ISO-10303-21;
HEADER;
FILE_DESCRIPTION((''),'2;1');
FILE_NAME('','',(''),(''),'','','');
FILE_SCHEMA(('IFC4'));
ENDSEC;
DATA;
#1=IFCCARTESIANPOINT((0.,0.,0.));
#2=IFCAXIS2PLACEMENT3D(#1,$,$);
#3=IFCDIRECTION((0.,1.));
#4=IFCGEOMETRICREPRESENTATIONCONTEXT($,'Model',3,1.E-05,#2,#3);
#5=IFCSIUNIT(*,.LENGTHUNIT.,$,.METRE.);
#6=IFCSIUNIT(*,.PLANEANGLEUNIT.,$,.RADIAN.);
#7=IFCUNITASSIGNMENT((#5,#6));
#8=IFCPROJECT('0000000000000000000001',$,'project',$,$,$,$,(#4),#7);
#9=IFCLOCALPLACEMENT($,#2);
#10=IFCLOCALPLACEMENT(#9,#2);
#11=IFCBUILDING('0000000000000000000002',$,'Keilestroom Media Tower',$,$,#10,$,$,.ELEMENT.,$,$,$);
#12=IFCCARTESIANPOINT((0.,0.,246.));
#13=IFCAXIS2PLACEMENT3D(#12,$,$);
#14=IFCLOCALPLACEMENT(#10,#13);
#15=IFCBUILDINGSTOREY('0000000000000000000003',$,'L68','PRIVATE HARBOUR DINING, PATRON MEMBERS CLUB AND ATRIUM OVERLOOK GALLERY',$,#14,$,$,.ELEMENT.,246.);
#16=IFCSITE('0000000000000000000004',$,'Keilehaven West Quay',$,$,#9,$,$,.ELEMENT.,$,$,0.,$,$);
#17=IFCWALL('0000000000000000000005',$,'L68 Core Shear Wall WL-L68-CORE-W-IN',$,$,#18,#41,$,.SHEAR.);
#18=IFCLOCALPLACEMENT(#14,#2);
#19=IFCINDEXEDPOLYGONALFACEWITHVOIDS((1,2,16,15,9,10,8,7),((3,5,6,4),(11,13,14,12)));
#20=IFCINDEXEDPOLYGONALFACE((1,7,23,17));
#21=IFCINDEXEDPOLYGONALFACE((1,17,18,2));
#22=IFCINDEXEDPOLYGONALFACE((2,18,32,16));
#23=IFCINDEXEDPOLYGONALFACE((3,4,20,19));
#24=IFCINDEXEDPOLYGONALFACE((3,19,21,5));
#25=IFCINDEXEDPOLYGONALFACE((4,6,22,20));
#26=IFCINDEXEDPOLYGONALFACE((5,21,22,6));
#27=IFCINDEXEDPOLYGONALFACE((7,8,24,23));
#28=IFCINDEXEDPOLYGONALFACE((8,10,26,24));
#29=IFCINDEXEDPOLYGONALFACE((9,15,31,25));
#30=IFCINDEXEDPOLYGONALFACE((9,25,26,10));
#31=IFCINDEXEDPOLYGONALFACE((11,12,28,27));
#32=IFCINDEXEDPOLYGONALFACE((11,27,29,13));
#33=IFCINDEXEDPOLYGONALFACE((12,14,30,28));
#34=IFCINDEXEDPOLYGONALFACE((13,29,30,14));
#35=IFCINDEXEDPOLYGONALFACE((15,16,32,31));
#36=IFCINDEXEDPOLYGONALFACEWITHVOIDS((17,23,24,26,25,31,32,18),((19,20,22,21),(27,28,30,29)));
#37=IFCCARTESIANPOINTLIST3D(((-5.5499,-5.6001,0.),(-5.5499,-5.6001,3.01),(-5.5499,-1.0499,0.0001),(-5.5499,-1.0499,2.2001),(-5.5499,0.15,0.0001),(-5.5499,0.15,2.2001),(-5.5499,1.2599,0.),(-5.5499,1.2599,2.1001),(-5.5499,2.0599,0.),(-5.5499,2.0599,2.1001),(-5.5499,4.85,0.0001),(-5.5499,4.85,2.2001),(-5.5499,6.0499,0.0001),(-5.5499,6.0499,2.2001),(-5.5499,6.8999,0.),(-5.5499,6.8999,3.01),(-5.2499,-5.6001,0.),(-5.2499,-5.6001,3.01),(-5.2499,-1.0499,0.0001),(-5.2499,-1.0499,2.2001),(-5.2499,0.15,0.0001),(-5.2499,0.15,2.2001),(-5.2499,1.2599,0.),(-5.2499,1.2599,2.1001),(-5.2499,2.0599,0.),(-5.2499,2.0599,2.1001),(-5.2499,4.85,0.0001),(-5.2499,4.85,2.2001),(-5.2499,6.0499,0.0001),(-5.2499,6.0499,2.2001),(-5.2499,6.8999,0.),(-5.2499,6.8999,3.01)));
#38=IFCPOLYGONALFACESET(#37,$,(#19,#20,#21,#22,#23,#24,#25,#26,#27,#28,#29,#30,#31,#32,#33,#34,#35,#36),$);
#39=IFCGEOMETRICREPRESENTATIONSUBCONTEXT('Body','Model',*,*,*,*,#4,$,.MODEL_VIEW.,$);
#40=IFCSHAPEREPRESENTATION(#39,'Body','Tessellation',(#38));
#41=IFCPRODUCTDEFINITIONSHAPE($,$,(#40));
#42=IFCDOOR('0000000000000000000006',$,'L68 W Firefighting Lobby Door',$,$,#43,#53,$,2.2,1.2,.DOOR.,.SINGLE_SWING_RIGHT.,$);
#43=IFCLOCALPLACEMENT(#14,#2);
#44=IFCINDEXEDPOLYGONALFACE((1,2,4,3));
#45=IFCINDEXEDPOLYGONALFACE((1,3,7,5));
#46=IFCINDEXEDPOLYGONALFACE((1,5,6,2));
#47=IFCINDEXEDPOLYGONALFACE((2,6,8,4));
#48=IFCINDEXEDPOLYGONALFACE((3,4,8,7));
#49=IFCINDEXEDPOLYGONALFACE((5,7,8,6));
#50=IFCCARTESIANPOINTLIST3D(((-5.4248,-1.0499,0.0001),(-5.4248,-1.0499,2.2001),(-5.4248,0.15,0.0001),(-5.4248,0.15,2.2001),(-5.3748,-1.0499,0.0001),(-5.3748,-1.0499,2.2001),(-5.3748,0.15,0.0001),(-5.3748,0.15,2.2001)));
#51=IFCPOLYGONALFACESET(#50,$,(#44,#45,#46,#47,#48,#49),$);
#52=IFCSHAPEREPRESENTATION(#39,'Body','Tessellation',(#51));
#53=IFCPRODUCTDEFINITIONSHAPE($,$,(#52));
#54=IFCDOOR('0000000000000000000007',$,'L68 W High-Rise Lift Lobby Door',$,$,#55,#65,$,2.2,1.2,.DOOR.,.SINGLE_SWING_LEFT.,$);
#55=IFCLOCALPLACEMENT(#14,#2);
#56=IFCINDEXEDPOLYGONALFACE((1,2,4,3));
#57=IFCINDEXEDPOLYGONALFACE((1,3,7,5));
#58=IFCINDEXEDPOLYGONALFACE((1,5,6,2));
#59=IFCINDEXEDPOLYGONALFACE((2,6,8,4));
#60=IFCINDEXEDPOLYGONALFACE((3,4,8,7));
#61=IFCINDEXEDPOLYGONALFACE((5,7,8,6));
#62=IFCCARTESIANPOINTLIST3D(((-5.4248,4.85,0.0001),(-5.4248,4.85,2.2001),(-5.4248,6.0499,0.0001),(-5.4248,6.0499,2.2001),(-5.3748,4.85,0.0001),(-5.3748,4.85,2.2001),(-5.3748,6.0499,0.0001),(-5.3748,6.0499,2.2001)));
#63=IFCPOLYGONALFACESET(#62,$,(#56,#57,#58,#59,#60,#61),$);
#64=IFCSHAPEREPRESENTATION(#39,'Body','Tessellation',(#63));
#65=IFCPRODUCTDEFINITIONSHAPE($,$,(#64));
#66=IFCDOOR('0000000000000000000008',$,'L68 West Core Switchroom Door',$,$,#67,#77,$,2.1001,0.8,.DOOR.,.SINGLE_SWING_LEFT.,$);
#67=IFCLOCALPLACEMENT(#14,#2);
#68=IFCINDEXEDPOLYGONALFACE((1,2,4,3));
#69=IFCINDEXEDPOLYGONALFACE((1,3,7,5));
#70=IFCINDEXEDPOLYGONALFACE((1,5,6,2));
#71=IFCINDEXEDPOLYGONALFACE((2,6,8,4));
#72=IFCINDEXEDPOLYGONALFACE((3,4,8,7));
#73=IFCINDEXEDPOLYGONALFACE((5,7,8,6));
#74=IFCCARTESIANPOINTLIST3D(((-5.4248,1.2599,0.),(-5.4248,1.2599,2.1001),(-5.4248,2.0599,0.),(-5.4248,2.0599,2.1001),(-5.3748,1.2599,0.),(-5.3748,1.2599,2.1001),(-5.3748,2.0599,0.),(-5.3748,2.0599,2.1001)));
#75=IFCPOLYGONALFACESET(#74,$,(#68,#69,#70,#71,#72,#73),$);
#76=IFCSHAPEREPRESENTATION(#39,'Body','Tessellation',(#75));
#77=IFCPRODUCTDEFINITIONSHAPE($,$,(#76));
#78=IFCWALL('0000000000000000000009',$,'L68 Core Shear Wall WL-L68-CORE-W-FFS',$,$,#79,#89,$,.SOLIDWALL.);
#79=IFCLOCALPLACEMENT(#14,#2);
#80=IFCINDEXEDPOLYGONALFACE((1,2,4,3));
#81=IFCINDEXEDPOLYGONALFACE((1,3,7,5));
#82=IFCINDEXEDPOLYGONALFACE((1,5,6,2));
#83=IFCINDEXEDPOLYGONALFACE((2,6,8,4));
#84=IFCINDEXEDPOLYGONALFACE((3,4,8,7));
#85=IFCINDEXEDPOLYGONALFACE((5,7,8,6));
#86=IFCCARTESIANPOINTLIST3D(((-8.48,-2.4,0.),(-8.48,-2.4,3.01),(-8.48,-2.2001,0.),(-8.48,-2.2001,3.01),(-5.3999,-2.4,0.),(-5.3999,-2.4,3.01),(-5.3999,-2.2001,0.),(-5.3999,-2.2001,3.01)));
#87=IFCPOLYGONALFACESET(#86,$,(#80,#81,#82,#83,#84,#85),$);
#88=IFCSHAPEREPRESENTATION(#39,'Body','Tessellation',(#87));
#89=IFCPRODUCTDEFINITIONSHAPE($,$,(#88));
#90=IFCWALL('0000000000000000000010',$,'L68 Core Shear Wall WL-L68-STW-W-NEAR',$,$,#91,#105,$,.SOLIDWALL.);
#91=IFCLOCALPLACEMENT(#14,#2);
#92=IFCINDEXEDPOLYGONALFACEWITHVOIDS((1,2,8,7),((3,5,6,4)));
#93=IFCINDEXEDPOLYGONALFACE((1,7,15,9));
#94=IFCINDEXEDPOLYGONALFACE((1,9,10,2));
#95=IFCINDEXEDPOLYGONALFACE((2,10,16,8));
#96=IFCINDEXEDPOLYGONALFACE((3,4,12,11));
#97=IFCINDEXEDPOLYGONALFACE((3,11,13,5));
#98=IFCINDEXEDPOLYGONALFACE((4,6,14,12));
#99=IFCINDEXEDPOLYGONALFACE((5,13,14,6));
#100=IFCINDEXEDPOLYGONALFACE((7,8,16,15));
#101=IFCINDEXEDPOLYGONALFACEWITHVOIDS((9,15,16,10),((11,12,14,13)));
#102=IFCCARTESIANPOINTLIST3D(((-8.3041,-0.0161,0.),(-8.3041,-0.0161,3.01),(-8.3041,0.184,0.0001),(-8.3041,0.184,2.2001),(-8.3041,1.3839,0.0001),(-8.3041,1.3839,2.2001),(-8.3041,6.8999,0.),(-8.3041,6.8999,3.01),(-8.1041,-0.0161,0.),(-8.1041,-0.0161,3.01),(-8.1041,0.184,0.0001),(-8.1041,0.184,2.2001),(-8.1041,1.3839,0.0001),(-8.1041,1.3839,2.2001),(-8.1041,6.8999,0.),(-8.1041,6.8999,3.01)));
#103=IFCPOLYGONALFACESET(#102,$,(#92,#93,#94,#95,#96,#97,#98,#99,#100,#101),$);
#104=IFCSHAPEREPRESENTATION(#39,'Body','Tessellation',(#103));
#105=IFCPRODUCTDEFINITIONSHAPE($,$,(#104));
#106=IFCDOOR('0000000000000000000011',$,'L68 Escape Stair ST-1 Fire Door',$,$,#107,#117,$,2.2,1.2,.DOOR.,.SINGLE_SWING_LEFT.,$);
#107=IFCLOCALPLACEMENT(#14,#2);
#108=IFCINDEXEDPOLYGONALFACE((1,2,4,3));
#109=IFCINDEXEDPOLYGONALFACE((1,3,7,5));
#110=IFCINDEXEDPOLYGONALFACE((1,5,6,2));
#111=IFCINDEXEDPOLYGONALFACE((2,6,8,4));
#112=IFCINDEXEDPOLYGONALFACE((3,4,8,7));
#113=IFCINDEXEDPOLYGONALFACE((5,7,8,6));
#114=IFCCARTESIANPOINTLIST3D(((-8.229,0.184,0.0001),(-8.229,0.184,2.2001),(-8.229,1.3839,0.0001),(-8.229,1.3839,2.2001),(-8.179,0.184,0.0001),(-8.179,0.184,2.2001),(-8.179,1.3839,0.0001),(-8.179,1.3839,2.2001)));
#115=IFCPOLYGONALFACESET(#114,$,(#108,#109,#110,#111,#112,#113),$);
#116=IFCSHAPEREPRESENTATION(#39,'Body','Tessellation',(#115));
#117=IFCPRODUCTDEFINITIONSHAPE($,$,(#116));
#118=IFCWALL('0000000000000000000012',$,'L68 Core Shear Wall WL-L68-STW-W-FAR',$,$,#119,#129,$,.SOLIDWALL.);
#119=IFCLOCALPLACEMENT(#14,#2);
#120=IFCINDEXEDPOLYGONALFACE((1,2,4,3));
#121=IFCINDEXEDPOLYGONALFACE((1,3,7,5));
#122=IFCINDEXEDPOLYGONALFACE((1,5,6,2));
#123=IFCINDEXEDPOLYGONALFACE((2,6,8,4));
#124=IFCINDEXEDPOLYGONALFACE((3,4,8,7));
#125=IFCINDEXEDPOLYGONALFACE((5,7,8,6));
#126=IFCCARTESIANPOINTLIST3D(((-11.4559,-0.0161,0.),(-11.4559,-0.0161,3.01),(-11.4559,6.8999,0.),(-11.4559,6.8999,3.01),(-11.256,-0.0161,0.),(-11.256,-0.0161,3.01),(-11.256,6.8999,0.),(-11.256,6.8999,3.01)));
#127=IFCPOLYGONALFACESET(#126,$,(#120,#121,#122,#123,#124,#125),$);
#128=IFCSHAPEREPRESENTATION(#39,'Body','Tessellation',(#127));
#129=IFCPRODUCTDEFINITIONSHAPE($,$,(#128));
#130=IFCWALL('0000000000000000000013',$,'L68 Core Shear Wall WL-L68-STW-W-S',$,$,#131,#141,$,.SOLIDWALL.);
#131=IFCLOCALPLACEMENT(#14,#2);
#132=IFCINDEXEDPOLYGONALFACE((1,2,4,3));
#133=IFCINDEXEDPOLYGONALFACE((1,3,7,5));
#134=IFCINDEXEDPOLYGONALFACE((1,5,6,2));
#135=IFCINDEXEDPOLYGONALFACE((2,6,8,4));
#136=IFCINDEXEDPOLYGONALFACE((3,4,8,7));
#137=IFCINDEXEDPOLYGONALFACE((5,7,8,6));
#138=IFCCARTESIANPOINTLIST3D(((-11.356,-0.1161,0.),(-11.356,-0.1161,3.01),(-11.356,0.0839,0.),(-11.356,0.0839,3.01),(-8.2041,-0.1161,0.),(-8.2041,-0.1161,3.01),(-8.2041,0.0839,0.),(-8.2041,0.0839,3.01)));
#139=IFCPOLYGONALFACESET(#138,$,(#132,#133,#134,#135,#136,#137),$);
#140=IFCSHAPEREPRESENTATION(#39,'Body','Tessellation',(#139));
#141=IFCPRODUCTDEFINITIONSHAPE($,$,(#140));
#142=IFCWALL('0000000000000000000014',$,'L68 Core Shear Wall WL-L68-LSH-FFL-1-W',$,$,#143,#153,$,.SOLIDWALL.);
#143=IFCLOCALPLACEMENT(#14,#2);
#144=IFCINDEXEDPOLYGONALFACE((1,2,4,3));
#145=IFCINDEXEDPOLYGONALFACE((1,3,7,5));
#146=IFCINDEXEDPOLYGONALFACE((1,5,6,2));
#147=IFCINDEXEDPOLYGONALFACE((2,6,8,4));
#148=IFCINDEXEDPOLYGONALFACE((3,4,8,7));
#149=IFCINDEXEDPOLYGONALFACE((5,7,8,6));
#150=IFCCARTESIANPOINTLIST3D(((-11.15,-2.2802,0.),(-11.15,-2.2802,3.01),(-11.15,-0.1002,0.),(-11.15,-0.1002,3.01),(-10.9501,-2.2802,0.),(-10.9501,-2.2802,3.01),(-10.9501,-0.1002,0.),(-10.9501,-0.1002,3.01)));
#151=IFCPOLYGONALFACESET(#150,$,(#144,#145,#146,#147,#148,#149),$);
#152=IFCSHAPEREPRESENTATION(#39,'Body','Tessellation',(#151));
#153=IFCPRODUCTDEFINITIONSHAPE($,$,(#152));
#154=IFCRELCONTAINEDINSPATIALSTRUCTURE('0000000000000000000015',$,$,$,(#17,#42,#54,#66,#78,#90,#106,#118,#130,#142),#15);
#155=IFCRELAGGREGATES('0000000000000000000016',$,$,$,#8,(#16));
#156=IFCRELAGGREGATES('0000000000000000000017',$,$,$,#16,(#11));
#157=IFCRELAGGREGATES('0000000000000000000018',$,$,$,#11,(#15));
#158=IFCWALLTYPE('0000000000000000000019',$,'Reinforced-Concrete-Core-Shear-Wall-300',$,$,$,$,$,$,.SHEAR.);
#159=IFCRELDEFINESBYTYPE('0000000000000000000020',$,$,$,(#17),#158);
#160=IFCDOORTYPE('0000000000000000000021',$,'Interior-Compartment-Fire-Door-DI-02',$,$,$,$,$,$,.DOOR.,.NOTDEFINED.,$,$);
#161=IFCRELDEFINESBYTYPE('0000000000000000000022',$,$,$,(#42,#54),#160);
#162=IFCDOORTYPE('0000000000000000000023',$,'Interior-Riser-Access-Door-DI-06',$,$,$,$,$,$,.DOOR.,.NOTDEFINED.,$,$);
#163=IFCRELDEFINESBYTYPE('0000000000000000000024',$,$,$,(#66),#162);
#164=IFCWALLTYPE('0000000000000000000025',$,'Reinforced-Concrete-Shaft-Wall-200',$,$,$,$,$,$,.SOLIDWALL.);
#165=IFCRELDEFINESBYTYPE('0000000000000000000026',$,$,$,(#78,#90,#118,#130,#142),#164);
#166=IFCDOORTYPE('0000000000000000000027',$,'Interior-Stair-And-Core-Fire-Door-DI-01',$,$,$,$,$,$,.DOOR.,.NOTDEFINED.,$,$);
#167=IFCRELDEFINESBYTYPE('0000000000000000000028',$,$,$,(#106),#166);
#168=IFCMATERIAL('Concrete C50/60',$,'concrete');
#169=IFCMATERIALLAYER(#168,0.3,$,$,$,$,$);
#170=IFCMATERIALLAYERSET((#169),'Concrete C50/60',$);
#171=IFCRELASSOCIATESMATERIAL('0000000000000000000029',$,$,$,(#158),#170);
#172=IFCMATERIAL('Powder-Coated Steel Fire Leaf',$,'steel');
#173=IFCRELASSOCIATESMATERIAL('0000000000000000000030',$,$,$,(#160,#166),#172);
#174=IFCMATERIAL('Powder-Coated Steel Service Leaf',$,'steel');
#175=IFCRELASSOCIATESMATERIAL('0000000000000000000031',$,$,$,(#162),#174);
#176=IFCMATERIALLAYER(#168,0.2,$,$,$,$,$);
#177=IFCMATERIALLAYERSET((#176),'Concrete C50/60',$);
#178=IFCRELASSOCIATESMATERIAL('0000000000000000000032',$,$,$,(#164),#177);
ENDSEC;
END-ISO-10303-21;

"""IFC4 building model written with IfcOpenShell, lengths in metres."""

from ifc_helpers import new_model, si_unit, direction, frame, frame_2d, origin, place, context, subcontext, project, spatial, rectangle, extrude, source, transform, mapped, material, layer, layer_set, type_object, element, fill, save


model = new_model("IFC4")

# Units and contexts
model_context = context("Model", 3, precision=1e-05, world=origin(), true_north=direction((0.0, 1.0)))
body_context = subcontext(model_context, "Body", "Model", "MODEL_VIEW")
ifc_project = project(units=[si_unit("LENGTHUNIT", "METRE"), si_unit("PLANEANGLEUNIT", "RADIAN")], contexts=[model_context])

# Site, building, storey
site_placement = place(None, origin())
site = spatial("IfcSite", under=ifc_project, at=site_placement, Name="Keilehaven West Quay", CompositionType="ELEMENT", RefElevation=0.0)
building_placement = place(site_placement, origin())
building = spatial("IfcBuilding", under=site, at=building_placement, Name="Keilestroom Media Tower", CompositionType="ELEMENT")
storey_placement = place(building_placement, frame((0.0, 0.0, 246.0)))
storey = spatial("IfcBuildingStorey", under=building, at=storey_placement, Name="L68", Description="PRIVATE HARBOUR DINING, PATRON MEMBERS CLUB AND ATRIUM OVERLOOK GALLERY", CompositionType="ELEMENT", Elevation=246.0)

# Shared definitions
ifc_material_1 = material(Name="Concrete C50/60", Category="concrete")
ifc_layer_1 = layer(ifc_material_1, 0.3)
ifc_layer_set_1 = layer_set([ifc_layer_1], Name="Concrete C50/60")
wall_type_1 = type_object("IfcWallType", Name="Reinforced-Concrete-Core-Shear-Wall-300", PredefinedType="SHEAR", material=ifc_layer_set_1)

# Wall, openings, doors
wall_1_placement = place(storey_placement, frame((-5.3999, -5.6001, 0.0), z_axis=(0.0, 0.0, 1.0), x_axis=(0.0, 1.0, 0.0)))
wall_1 = element("IfcWall", 1, at=wall_1_placement, inside=storey, type_object=wall_type_1, Name="L68 Core Shear Wall WL-L68-CORE-W-IN", PredefinedType="SHEAR", context=body_context, shape_type="SweptSolid", body=[
    extrude(rectangle(XDim=12.5, YDim=0.3, at=frame_2d((6.25, 0.0))), origin(), (0.0, 0.0, 1.0), 3.01),
])
opening_1_placement = place(wall_1_placement, frame((4.55, 0.0, 0.0)))
opening_1 = element("IfcOpeningElement", 2, at=opening_1_placement, cuts=wall_1, PredefinedType="OPENING", context=body_context, shape_type="SweptSolid", body=[
    extrude(rectangle(XDim=1.2, YDim=2.2, at=frame_2d((0.6001, 1.1001))), frame((0.0, 0.1602, 0.0), z_axis=(0.0, -1.0, 0.0), x_axis=(1.0, 0.0, 0.0)), (0.0, 0.0, 1.0), 0.3201),
])
opening_2_placement = place(wall_1_placement, frame((10.45, 0.0, 0.0)))
opening_2 = element("IfcOpeningElement", 3, at=opening_2_placement, cuts=wall_1, PredefinedType="OPENING", context=body_context, shape_type="SweptSolid", body=[
    extrude(rectangle(XDim=1.2, YDim=2.2, at=frame_2d((0.6001, 1.1001))), frame((0.0, 0.1602, 0.0), z_axis=(0.0, -1.0, 0.0), x_axis=(1.0, 0.0, 0.0)), (0.0, 0.0, 1.0), 0.3201),
])
opening_3_placement = place(wall_1_placement, frame((6.8601, 0.0, 0.0)))
opening_3 = element("IfcOpeningElement", 4, at=opening_3_placement, cuts=wall_1, PredefinedType="OPENING", context=body_context, shape_type="SweptSolid", body=[
    extrude(rectangle(XDim=0.8, YDim=2.1001, at=frame_2d((0.3999, 1.05))), frame((0.0, 0.1602, 0.0), z_axis=(0.0, -1.0, 0.0), x_axis=(1.0, 0.0, 0.0)), (0.0, 0.0, 1.0), 0.3201),
])
ifc_material_2 = material(Name="Powder-Coated Steel Fire Leaf", Category="steel")
door_type_1 = type_object("IfcDoorType", Name="Interior-Compartment-Fire-Door-DI-02", OperationType="NOTDEFINED", PredefinedType="DOOR", material=ifc_material_2)
shared_shape_1 = source(origin(), body_context, "Body", "SweptSolid", [
    extrude(rectangle(XDim=1.2, YDim=2.2, at=frame_2d((0.6001, 1.1001))), frame((0.0, 0.0249, 0.0), z_axis=(0.0, -1.0, 0.0), x_axis=(1.0, 0.0, 0.0)), (0.0, 0.0, 1.0), 0.05),
])
door_1_placement = place(opening_1_placement, origin())
door_1 = element("IfcDoor", 5, at=door_1_placement, inside=storey, type_object=door_type_1, Name="L68 W Firefighting Lobby Door", OperationType="SINGLE_SWING_RIGHT", OverallHeight=2.2, OverallWidth=1.2, PredefinedType="DOOR", context=body_context, shape_type="MappedRepresentation", body=[
    mapped(shared_shape_1, transform((0.0, 0.0, 0.0), x_axis=(1.0, 0.0, 0.0), y_axis=(0.0, 1.0, 0.0), z_axis=(0.0, 0.0, 1.0), scale=1.0)),
])
fill(opening_1, door_1)
door_2_placement = place(opening_2_placement, origin())
door_2 = element("IfcDoor", 6, at=door_2_placement, inside=storey, type_object=door_type_1, Name="L68 W High-Rise Lift Lobby Door", OperationType="SINGLE_SWING_LEFT", OverallHeight=2.2, OverallWidth=1.2, PredefinedType="DOOR", context=body_context, shape_type="MappedRepresentation", body=[
    mapped(shared_shape_1, transform((0.0, 0.0, 0.0), x_axis=(1.0, 0.0, 0.0), y_axis=(0.0, 1.0, 0.0), z_axis=(0.0, 0.0, 1.0), scale=1.0)),
])
fill(opening_2, door_2)
ifc_material_3 = material(Name="Powder-Coated Steel Service Leaf", Category="steel")
door_type_2 = type_object("IfcDoorType", Name="Interior-Riser-Access-Door-DI-06", OperationType="NOTDEFINED", PredefinedType="DOOR", material=ifc_material_3)
shared_shape_2 = source(origin(), body_context, "Body", "SweptSolid", [
    extrude(rectangle(XDim=0.8, YDim=2.1001, at=frame_2d((0.3999, 1.05))), frame((0.0, 0.0249, 0.0), z_axis=(0.0, -1.0, 0.0), x_axis=(1.0, 0.0, 0.0)), (0.0, 0.0, 1.0), 0.05),
])
door_3_placement = place(opening_3_placement, origin())
door_3 = element("IfcDoor", 7, at=door_3_placement, inside=storey, type_object=door_type_2, Name="L68 West Core Switchroom Door", OperationType="SINGLE_SWING_LEFT", OverallHeight=2.1001, OverallWidth=0.8, PredefinedType="DOOR", context=body_context, shape_type="MappedRepresentation", body=[
    mapped(shared_shape_2, transform((0.0, 0.0, 0.0), x_axis=(1.0, 0.0, 0.0), y_axis=(0.0, 1.0, 0.0), z_axis=(0.0, 0.0, 1.0), scale=1.0)),
])
fill(opening_3, door_3)

# Wall
ifc_layer_2 = layer(ifc_material_1, 0.2)
ifc_layer_set_2 = layer_set([ifc_layer_2], Name="Concrete C50/60")
wall_type_2 = type_object("IfcWallType", Name="Reinforced-Concrete-Shaft-Wall-200", PredefinedType="SOLIDWALL", material=ifc_layer_set_2)
wall_2_placement = place(storey_placement, frame((-8.48, -2.3, 0.0), z_axis=(0.0, 0.0, 1.0), x_axis=(1.0, 0.0, 0.0)))
element("IfcWall", 8, at=wall_2_placement, inside=storey, type_object=wall_type_2, Name="L68 Core Shear Wall WL-L68-CORE-W-FFS", PredefinedType="SOLIDWALL", context=body_context, shape_type="SweptSolid", body=[
    extrude(rectangle(XDim=3.0801, YDim=0.2, at=frame_2d((1.54, 0.0))), origin(), (0.0, 0.0, 1.0), 3.01),
])

# Wall, opening, door
wall_3_placement = place(storey_placement, frame((-8.2041, -0.0161, 0.0), z_axis=(0.0, 0.0, 1.0), x_axis=(0.0, 1.0, 0.0)))
wall_3 = element("IfcWall", 9, at=wall_3_placement, inside=storey, type_object=wall_type_2, Name="L68 Core Shear Wall WL-L68-STW-W-NEAR", PredefinedType="SOLIDWALL", context=body_context, shape_type="SweptSolid", body=[
    extrude(rectangle(XDim=6.916, YDim=0.2, at=frame_2d((3.458, 0.0))), origin(), (0.0, 0.0, 1.0), 3.01),
])
opening_4_placement = place(wall_3_placement, frame((0.2, 0.0, 0.0)))
opening_4 = element("IfcOpeningElement", 10, at=opening_4_placement, cuts=wall_3, PredefinedType="OPENING", context=body_context, shape_type="SweptSolid", body=[
    extrude(rectangle(XDim=1.2, YDim=2.2, at=frame_2d((0.6001, 1.1001))), frame((0.0, 0.1099, 0.0), z_axis=(0.0, -1.0, 0.0), x_axis=(1.0, 0.0, 0.0)), (0.0, 0.0, 1.0), 0.22),
])
door_type_3 = type_object("IfcDoorType", Name="Interior-Stair-And-Core-Fire-Door-DI-01", OperationType="NOTDEFINED", PredefinedType="DOOR", material=ifc_material_2)
door_4_placement = place(opening_4_placement, origin())
door_4 = element("IfcDoor", 11, at=door_4_placement, inside=storey, type_object=door_type_3, Name="L68 Escape Stair ST-1 Fire Door", OperationType="SINGLE_SWING_LEFT", OverallHeight=2.2, OverallWidth=1.2, PredefinedType="DOOR", context=body_context, shape_type="MappedRepresentation", body=[
    mapped(shared_shape_1, transform((0.0, 0.0, 0.0), x_axis=(1.0, 0.0, 0.0), y_axis=(0.0, 1.0, 0.0), z_axis=(0.0, 0.0, 1.0), scale=1.0)),
])
fill(opening_4, door_4)

# Walls
wall_4_placement = place(storey_placement, frame((-11.356, -0.0161, 0.0), z_axis=(0.0, 0.0, 1.0), x_axis=(0.0, 1.0, 0.0)))
element("IfcWall", 12, at=wall_4_placement, inside=storey, type_object=wall_type_2, Name="L68 Core Shear Wall WL-L68-STW-W-FAR", PredefinedType="SOLIDWALL", context=body_context, shape_type="SweptSolid", body=[
    extrude(rectangle(XDim=6.916, YDim=0.2, at=frame_2d((3.458, 0.0))), origin(), (0.0, 0.0, 1.0), 3.01),
])
wall_5_placement = place(storey_placement, frame((-11.356, -0.0161, 0.0), z_axis=(0.0, 0.0, 1.0), x_axis=(1.0, 0.0, 0.0)))
element("IfcWall", 13, at=wall_5_placement, inside=storey, type_object=wall_type_2, Name="L68 Core Shear Wall WL-L68-STW-W-S", PredefinedType="SOLIDWALL", context=body_context, shape_type="SweptSolid", body=[
    extrude(rectangle(XDim=3.1519, YDim=0.2, at=frame_2d((1.5759, 0.0))), origin(), (0.0, 0.0, 1.0), 3.01),
])
wall_6_placement = place(storey_placement, frame((-11.05, -2.28, 0.0), z_axis=(0.0, 0.0, 1.0), x_axis=(0.0, 1.0, 0.0)))
element("IfcWall", 14, at=wall_6_placement, inside=storey, type_object=wall_type_2, Name="L68 Core Shear Wall WL-L68-LSH-FFL-1-W", PredefinedType="SOLIDWALL", context=body_context, shape_type="SweptSolid", body=[
    extrude(rectangle(XDim=2.1799, YDim=0.2, at=frame_2d((1.0898, 0.0))), origin(), (0.0, 0.0, 1.0), 3.01),
])

save(model, "model.ifc")
